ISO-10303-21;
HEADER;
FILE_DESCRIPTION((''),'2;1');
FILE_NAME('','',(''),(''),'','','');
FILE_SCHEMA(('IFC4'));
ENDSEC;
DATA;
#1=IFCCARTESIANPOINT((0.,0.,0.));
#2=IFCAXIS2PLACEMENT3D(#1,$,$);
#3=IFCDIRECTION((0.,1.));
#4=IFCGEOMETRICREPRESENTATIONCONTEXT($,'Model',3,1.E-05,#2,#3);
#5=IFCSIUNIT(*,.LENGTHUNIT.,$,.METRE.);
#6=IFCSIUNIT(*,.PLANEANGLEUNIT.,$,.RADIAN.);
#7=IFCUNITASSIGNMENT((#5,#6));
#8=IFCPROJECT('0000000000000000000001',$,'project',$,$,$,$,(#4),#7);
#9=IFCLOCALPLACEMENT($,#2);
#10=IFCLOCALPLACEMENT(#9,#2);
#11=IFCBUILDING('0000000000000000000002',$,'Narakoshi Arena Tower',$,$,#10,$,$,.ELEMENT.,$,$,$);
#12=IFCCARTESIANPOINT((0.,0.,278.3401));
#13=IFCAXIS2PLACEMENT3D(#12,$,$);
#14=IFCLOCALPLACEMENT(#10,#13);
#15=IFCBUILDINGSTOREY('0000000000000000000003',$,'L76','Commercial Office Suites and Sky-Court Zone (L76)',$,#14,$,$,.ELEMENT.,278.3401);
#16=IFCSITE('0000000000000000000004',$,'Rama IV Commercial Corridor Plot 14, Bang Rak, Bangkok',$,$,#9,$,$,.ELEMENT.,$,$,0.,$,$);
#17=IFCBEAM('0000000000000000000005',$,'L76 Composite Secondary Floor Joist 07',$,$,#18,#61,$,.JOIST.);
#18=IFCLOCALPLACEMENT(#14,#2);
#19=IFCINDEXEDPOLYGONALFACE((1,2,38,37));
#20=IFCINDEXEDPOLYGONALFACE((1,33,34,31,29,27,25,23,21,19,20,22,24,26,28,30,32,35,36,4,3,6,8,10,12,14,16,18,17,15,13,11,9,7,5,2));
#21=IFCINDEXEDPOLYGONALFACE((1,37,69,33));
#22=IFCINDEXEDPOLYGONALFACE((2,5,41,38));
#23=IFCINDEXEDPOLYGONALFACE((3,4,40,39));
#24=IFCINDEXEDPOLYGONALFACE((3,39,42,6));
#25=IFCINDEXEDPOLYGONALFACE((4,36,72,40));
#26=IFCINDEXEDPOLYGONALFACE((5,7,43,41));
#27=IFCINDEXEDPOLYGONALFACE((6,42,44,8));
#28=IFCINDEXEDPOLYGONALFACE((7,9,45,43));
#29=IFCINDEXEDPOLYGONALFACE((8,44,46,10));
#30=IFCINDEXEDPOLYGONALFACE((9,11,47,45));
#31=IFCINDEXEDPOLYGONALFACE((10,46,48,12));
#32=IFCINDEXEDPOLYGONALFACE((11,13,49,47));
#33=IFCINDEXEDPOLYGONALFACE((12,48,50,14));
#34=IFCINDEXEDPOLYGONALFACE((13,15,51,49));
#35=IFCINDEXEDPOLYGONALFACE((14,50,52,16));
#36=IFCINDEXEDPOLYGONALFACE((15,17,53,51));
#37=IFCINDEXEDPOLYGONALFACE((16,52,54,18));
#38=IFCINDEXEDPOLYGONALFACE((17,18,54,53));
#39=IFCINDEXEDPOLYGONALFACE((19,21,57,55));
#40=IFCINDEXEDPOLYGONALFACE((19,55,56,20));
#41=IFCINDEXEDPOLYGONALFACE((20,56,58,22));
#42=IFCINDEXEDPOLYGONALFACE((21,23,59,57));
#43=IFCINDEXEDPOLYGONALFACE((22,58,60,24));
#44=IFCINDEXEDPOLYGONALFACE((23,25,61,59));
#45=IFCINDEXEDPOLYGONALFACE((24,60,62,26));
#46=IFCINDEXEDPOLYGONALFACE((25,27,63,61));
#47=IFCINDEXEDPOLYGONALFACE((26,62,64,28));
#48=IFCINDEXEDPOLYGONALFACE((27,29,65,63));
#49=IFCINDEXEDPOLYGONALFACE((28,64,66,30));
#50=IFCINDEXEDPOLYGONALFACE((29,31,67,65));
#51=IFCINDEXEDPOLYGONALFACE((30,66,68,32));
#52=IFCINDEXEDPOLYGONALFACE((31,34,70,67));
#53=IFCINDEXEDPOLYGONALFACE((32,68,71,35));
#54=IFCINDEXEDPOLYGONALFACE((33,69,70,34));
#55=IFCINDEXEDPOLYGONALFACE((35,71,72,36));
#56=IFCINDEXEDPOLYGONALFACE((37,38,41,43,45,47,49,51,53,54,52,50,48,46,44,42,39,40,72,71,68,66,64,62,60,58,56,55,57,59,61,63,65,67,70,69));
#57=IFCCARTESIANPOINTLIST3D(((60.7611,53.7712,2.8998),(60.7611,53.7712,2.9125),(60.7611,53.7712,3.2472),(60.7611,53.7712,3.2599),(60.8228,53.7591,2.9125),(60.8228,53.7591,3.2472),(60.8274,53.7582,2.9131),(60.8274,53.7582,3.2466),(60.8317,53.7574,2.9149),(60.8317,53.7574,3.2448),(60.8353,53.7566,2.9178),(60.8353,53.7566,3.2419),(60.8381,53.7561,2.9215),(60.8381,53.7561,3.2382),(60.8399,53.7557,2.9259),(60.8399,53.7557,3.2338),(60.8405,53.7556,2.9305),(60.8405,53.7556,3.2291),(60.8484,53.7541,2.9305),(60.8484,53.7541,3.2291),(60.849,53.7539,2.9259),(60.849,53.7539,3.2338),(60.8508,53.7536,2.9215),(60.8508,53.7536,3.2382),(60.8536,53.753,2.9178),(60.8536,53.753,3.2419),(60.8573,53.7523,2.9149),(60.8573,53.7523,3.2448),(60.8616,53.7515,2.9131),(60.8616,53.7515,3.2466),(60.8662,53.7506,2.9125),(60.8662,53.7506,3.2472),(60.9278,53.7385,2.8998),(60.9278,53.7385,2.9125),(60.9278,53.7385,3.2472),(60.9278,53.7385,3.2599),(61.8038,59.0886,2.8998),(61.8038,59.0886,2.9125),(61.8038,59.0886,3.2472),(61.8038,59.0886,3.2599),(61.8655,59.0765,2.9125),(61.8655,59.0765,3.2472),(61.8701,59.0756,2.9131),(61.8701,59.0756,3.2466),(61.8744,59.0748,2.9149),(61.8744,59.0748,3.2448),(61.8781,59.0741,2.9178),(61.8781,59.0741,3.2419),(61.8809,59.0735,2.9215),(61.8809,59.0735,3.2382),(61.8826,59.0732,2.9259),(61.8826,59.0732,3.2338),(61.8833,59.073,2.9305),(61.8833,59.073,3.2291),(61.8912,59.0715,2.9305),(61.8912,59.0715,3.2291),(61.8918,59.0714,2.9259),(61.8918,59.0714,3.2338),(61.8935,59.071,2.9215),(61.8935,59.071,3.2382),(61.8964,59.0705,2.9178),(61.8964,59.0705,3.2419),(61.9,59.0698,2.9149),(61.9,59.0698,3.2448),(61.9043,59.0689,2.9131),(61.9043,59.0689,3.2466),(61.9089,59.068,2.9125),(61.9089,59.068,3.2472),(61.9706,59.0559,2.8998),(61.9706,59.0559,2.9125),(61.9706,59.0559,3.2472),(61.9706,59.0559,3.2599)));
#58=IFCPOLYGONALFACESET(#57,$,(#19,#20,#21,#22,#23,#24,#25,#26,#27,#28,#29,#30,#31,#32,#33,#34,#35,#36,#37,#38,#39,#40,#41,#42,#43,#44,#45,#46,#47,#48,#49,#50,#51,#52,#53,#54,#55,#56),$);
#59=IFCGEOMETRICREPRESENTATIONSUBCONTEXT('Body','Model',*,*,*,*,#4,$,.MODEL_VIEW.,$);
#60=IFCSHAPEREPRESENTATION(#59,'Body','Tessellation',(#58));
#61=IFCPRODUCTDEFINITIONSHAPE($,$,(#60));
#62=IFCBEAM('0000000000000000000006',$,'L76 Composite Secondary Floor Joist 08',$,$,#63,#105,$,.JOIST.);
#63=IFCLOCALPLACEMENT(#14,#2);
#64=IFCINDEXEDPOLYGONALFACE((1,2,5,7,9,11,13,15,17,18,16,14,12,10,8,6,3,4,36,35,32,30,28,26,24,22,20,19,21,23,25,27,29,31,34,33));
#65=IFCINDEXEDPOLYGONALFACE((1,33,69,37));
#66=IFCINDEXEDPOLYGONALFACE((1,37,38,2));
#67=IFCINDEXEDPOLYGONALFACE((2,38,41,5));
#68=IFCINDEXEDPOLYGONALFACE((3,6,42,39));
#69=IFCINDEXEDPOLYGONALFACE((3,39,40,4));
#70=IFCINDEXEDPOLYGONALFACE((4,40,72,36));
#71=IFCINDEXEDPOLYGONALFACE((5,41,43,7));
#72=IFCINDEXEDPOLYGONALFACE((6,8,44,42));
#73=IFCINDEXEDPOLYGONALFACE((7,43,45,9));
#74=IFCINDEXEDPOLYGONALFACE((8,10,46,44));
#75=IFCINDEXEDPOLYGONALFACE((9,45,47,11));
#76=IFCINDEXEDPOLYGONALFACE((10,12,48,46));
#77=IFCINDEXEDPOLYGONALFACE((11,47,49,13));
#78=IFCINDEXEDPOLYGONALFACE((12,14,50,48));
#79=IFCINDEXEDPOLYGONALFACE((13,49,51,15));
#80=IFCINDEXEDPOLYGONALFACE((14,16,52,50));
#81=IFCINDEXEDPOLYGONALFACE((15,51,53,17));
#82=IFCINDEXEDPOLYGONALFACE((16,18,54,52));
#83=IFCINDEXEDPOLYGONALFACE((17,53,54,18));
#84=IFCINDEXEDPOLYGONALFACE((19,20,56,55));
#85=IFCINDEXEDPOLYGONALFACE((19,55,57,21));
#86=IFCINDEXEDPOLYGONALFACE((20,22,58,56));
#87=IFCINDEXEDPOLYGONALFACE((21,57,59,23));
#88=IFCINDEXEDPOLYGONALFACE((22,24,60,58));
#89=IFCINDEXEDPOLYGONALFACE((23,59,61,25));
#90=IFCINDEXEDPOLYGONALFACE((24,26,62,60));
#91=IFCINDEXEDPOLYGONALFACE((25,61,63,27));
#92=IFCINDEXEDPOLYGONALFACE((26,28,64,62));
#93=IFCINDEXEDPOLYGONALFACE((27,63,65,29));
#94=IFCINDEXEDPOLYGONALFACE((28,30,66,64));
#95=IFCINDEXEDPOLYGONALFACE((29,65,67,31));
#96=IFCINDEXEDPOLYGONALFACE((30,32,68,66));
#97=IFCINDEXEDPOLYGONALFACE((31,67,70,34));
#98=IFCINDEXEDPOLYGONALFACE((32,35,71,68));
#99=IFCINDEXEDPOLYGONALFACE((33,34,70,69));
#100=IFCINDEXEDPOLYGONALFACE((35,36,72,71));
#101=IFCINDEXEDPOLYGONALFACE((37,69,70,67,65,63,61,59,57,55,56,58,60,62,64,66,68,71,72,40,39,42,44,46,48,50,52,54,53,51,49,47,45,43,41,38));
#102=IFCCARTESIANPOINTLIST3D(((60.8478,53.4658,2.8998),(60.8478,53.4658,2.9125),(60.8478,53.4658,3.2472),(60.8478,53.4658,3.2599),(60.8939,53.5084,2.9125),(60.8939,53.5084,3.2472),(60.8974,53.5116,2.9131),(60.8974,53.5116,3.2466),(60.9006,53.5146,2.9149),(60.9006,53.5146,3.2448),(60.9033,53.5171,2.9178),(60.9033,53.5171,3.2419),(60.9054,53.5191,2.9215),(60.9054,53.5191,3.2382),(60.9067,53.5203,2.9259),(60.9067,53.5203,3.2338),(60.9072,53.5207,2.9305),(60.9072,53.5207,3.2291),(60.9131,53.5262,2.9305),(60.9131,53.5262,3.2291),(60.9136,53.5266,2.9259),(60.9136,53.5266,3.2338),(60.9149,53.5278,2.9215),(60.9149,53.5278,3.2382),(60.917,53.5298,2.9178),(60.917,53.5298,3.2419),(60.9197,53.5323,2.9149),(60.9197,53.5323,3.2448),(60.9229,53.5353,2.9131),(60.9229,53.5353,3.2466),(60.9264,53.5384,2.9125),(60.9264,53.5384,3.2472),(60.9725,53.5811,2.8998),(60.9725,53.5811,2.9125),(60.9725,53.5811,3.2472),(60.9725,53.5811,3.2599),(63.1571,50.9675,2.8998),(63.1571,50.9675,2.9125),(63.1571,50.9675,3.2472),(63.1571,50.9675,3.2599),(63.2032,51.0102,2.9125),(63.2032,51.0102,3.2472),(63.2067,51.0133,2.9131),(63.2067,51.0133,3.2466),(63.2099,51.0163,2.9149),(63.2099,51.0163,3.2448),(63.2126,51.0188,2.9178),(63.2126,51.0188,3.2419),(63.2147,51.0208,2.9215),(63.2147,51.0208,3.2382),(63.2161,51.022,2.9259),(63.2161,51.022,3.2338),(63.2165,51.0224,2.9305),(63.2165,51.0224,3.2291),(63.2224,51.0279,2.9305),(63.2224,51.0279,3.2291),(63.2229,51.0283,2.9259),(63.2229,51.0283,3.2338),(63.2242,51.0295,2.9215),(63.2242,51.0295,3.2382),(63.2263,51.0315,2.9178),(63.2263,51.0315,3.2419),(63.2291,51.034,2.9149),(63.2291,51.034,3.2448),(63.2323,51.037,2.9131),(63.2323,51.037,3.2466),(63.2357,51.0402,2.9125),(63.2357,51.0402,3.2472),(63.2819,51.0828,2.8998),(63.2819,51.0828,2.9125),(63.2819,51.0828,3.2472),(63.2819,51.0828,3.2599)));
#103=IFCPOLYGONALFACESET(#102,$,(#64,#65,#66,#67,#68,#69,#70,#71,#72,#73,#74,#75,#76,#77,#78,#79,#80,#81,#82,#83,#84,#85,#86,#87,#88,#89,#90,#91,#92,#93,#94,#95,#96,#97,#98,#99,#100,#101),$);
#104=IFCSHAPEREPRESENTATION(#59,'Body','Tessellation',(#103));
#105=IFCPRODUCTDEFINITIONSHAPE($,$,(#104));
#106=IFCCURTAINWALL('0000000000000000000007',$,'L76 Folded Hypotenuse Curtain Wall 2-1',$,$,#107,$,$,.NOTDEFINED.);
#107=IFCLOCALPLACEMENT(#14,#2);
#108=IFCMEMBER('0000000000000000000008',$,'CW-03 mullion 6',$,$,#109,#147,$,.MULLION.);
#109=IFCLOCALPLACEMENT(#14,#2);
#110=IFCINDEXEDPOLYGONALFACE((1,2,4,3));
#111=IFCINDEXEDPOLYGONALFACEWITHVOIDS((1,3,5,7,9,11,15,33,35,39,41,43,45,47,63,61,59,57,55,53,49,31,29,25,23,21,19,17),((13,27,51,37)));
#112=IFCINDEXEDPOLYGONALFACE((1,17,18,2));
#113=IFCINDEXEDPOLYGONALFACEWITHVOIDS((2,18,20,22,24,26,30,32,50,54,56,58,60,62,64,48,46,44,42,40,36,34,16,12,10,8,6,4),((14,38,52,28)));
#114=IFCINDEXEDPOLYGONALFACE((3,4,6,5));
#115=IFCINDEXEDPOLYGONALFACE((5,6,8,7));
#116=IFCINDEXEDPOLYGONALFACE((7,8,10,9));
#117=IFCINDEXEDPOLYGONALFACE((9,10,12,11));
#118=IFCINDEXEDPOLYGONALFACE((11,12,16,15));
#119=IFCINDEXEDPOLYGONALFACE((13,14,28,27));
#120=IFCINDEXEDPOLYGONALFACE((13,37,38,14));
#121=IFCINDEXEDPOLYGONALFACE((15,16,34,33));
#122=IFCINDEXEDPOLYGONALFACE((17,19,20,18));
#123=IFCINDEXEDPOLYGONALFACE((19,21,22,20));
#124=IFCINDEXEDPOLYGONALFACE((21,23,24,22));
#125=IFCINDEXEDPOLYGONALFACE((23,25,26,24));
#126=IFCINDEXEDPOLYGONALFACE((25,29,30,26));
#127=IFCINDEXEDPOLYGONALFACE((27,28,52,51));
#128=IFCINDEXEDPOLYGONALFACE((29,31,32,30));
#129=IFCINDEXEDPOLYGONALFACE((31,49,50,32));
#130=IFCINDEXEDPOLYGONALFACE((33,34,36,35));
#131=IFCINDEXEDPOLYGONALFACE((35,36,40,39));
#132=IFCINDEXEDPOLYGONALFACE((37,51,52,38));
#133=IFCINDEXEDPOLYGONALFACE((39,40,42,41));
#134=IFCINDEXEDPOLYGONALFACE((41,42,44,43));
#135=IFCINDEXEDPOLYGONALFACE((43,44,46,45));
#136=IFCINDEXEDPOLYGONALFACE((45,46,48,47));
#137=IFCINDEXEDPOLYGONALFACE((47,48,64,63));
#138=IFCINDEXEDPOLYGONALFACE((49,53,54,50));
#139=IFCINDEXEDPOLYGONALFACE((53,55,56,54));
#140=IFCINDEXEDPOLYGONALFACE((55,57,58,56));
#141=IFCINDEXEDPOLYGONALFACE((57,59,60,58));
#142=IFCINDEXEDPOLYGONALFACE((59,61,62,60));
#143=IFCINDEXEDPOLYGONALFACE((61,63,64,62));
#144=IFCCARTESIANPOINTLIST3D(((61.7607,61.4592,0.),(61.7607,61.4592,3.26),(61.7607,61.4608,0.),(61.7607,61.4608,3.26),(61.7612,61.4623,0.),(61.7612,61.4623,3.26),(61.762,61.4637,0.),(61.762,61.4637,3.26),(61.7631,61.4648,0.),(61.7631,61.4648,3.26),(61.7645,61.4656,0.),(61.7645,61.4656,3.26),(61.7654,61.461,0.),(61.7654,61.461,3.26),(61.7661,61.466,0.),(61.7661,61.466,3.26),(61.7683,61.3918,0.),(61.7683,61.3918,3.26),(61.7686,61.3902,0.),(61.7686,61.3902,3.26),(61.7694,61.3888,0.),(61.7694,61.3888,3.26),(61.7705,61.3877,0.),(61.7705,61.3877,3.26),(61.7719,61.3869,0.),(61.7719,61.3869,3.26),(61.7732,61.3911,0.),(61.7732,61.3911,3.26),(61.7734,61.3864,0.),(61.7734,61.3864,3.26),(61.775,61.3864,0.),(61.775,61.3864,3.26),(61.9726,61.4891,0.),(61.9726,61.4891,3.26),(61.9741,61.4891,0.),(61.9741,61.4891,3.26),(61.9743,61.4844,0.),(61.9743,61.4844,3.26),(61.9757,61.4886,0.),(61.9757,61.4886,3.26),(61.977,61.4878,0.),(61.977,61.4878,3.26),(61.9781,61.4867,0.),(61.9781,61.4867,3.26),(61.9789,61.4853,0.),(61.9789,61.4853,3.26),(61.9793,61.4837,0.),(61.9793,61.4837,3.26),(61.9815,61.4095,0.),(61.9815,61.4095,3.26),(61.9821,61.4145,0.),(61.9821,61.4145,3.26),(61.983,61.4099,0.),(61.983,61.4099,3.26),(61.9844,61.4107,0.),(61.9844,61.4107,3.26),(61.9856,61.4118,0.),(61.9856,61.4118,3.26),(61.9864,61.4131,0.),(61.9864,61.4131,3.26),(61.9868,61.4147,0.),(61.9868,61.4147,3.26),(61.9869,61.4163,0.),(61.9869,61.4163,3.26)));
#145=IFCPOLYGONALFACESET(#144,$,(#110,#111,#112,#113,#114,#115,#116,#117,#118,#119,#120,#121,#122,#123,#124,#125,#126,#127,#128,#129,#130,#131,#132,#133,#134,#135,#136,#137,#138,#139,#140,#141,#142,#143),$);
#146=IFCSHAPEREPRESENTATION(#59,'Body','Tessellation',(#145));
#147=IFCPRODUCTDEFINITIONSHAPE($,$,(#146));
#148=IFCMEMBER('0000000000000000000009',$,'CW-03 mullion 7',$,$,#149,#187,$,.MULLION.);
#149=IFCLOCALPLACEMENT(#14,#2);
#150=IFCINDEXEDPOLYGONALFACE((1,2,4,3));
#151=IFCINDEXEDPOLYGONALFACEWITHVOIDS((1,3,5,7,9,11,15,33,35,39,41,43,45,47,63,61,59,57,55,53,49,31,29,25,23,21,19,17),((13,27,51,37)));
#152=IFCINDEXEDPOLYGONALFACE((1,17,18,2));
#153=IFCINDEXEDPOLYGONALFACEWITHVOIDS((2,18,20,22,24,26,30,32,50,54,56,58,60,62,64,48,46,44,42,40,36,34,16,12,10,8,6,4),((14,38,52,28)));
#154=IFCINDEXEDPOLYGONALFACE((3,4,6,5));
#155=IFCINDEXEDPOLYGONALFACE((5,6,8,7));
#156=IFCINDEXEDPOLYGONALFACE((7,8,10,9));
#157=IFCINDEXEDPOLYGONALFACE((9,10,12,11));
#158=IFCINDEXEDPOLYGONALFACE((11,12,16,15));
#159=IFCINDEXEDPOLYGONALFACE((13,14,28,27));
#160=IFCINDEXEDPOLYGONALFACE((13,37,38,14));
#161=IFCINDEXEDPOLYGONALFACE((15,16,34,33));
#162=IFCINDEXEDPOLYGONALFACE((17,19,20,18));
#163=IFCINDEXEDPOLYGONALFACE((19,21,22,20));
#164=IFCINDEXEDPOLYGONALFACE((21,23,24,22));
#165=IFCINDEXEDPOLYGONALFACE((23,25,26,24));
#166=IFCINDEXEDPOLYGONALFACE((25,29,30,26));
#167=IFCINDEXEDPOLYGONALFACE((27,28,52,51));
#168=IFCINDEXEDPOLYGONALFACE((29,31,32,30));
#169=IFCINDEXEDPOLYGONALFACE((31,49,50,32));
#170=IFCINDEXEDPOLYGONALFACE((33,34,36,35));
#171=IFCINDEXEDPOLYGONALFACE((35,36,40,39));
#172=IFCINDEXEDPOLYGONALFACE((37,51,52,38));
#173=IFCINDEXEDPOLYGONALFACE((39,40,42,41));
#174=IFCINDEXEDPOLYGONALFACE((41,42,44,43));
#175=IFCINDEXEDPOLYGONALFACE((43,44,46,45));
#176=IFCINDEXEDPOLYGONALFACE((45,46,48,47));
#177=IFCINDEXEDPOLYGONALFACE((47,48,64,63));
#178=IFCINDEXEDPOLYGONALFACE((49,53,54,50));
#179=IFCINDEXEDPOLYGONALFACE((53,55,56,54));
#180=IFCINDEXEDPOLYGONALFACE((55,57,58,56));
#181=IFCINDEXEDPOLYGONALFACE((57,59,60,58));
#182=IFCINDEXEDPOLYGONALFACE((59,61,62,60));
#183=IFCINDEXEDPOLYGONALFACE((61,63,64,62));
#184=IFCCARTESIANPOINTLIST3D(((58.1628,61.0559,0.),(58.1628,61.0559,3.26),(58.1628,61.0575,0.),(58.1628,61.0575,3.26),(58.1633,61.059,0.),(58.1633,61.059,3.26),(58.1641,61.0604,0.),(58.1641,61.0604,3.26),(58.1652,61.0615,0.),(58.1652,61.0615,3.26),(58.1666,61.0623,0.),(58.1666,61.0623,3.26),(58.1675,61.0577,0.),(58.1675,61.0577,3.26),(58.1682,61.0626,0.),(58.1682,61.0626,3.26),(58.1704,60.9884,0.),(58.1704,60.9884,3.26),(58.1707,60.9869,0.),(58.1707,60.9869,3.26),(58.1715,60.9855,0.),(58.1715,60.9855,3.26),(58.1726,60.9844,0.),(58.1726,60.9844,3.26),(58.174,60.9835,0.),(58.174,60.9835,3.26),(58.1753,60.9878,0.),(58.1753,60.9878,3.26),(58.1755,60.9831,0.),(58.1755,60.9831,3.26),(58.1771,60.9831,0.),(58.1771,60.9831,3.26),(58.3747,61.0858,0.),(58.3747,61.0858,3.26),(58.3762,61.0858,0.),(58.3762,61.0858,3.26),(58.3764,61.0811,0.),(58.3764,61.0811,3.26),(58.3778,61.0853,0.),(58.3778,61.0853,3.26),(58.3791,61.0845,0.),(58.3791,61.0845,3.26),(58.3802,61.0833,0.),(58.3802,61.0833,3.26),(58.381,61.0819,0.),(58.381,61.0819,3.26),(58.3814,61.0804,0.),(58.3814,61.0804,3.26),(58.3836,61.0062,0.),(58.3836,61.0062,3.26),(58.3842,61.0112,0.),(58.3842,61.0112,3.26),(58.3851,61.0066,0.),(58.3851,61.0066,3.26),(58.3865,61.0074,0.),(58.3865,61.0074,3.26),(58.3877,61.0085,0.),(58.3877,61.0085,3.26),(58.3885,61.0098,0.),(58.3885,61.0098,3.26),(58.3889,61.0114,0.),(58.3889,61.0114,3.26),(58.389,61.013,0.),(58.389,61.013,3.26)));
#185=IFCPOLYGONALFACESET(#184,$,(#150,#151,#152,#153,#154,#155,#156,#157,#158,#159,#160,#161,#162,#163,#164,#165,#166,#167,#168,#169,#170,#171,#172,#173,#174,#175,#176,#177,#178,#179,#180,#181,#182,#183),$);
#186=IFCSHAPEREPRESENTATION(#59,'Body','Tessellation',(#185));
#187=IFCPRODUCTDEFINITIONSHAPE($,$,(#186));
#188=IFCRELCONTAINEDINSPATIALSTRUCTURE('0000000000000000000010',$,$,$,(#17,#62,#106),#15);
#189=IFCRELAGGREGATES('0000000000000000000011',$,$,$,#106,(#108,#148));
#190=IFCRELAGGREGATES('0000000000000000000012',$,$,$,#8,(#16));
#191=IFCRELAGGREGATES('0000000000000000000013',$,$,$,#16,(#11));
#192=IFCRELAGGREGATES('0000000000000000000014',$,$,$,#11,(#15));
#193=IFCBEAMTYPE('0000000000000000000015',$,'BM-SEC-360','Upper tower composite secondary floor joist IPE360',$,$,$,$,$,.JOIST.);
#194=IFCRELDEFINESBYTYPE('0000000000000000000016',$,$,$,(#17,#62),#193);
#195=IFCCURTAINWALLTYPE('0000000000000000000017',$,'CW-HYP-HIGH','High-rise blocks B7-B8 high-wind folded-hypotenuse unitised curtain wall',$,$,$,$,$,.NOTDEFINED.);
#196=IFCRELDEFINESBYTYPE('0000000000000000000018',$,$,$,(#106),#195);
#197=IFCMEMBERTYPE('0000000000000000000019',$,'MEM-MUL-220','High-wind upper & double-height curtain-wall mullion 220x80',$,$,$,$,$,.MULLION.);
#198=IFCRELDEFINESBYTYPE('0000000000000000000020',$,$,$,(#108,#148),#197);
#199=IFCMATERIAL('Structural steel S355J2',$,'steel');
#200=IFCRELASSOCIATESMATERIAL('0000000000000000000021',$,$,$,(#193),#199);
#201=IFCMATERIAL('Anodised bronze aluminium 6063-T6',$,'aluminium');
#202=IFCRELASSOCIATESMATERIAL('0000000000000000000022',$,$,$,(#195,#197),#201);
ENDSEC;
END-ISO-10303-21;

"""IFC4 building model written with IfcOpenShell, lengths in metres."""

from ifc_helpers import new_model, si_unit, direction, frame, origin, origin_2d, place, context, subcontext, project, spatial, hollow_rectangle, i_section, extrude, material, material_profile, profile_set, type_object, element, aggregate, save


model = new_model("IFC4")

# Units and contexts
model_context = context("Model", 3, precision=1e-05, world=origin(), true_north=direction((0.0, 1.0)))
body_context = subcontext(model_context, "Body", "Model", "MODEL_VIEW")
ifc_project = project(units=[si_unit("LENGTHUNIT", "METRE"), si_unit("PLANEANGLEUNIT", "RADIAN")], contexts=[model_context])

# Site, building, storey
site_placement = place(None, origin())
site = spatial("IfcSite", under=ifc_project, at=site_placement, Name="Rama IV Commercial Corridor Plot 14, Bang Rak, Bangkok", CompositionType="ELEMENT", RefElevation=0.0)
building_placement = place(site_placement, origin())
building = spatial("IfcBuilding", under=site, at=building_placement, Name="Narakoshi Arena Tower", CompositionType="ELEMENT")
storey_placement = place(building_placement, frame((0.0, 0.0, 278.3401)))
storey = spatial("IfcBuildingStorey", under=building, at=storey_placement, Name="L76", Description="Commercial Office Suites and Sky-Court Zone (L76)", CompositionType="ELEMENT", Elevation=278.3401)

# Beams
ifc_material_1 = material(Name="Structural steel S355J2", Category="steel")
ifc_material_profile_1 = material_profile(ifc_material_1, i_section(OverallWidth=0.1699, OverallDepth=0.3601, WebThickness=0.0081, FlangeThickness=0.0127, FilletRadius=0.0181, at=origin_2d()), Name="IPE360")
ifc_profile_set_1 = profile_set([ifc_material_profile_1], Name="Structural steel S355J2")
beam_type_1 = type_object("IfcBeamType", Name="BM-SEC-360", Description="Upper tower composite secondary floor joist IPE360", PredefinedType="JOIST", material=ifc_profile_set_1)
beam_1_placement = place(storey_placement, frame((61.8872, 59.0723, 3.0798), z_axis=(-0.192432, -0.98131, 0.0), x_axis=(0.98131, -0.192432, 0.0)))
element("IfcBeam", 1, at=beam_1_placement, inside=storey, type_object=beam_type_1, Name="L76 Composite Secondary Floor Joist 07", PredefinedType="JOIST", context=body_context, shape_type="SweptSolid", body=[
    extrude(i_section(OverallWidth=0.1699, OverallDepth=0.3601, WebThickness=0.0081, FlangeThickness=0.0127, FilletRadius=0.0181, at=origin_2d()), origin(), (0.0, 0.0, 1.0), 5.4187),
])
beam_2_placement = place(storey_placement, frame((60.9102, 53.5234, 3.0798), z_axis=(0.67879, -0.734333, 0.0), x_axis=(0.734333, 0.67879, 0.0)))
element("IfcBeam", 2, at=beam_2_placement, inside=storey, type_object=beam_type_1, Name="L76 Composite Secondary Floor Joist 08", PredefinedType="JOIST", context=body_context, shape_type="SweptSolid", body=[
    extrude(i_section(OverallWidth=0.1699, OverallDepth=0.3601, WebThickness=0.0081, FlangeThickness=0.0127, FilletRadius=0.0181, at=origin_2d()), origin(), (0.0, 0.0, 1.0), 3.4021),
])

# Curtain wall, members
ifc_material_2 = material(Name="Anodised bronze aluminium 6063-T6", Category="aluminium")
curtain_wall_type = type_object("IfcCurtainWallType", Name="CW-HYP-HIGH", Description="High-rise blocks B7-B8 high-wind folded-hypotenuse unitised curtain wall", PredefinedType="NOTDEFINED", material=ifc_material_2)
curtain_wall_placement = place(storey_placement, origin())
curtain_wall = element("IfcCurtainWall", 3, at=curtain_wall_placement, inside=storey, type_object=curtain_wall_type, Name="L76 Folded Hypotenuse Curtain Wall 2-1", PredefinedType="NOTDEFINED")
ifc_material_profile_2 = material_profile(ifc_material_2, hollow_rectangle(XDim=0.0801, YDim=0.22, WallThickness=0.0049, OuterFilletRadius=0.0061, at=origin_2d()), Name="MUL220x80x5")
ifc_profile_set_2 = profile_set([ifc_material_profile_2], Name="Anodised bronze aluminium 6063-T6")
member_type_1 = type_object("IfcMemberType", Name="MEM-MUL-220", Description="High-wind upper & double-height curtain-wall mullion 220x80", PredefinedType="MULLION", material=ifc_profile_set_2)
member_1_placement = place(storey_placement, frame((61.8738, 61.4377, 0.0), z_axis=(0.0, 0.0, 1.0), x_axis=(0.111396, -0.993776, 0.0)))
member_1 = element("IfcMember", 4, at=member_1_placement, type_object=member_type_1, Name="CW-03 mullion 6", PredefinedType="MULLION", context=body_context, shape_type="SweptSolid", body=[
    extrude(hollow_rectangle(XDim=0.0801, YDim=0.22, WallThickness=0.0049, OuterFilletRadius=0.0061, at=origin_2d()), origin(), (0.0, 0.0, 1.0), 3.26),
])
member_2_placement = place(storey_placement, frame((58.2759, 61.0344, 0.0), z_axis=(0.0, 0.0, 1.0), x_axis=(0.111396, -0.993776, 0.0)))
member_2 = element("IfcMember", 5, at=member_2_placement, type_object=member_type_1, Name="CW-03 mullion 7", PredefinedType="MULLION", context=body_context, shape_type="SweptSolid", body=[
    extrude(hollow_rectangle(XDim=0.0801, YDim=0.22, WallThickness=0.0049, OuterFilletRadius=0.0061, at=origin_2d()), origin(), (0.0, 0.0, 1.0), 3.26),
])
aggregate(curtain_wall, [member_1, member_2])

save(model, "model.ifc")
